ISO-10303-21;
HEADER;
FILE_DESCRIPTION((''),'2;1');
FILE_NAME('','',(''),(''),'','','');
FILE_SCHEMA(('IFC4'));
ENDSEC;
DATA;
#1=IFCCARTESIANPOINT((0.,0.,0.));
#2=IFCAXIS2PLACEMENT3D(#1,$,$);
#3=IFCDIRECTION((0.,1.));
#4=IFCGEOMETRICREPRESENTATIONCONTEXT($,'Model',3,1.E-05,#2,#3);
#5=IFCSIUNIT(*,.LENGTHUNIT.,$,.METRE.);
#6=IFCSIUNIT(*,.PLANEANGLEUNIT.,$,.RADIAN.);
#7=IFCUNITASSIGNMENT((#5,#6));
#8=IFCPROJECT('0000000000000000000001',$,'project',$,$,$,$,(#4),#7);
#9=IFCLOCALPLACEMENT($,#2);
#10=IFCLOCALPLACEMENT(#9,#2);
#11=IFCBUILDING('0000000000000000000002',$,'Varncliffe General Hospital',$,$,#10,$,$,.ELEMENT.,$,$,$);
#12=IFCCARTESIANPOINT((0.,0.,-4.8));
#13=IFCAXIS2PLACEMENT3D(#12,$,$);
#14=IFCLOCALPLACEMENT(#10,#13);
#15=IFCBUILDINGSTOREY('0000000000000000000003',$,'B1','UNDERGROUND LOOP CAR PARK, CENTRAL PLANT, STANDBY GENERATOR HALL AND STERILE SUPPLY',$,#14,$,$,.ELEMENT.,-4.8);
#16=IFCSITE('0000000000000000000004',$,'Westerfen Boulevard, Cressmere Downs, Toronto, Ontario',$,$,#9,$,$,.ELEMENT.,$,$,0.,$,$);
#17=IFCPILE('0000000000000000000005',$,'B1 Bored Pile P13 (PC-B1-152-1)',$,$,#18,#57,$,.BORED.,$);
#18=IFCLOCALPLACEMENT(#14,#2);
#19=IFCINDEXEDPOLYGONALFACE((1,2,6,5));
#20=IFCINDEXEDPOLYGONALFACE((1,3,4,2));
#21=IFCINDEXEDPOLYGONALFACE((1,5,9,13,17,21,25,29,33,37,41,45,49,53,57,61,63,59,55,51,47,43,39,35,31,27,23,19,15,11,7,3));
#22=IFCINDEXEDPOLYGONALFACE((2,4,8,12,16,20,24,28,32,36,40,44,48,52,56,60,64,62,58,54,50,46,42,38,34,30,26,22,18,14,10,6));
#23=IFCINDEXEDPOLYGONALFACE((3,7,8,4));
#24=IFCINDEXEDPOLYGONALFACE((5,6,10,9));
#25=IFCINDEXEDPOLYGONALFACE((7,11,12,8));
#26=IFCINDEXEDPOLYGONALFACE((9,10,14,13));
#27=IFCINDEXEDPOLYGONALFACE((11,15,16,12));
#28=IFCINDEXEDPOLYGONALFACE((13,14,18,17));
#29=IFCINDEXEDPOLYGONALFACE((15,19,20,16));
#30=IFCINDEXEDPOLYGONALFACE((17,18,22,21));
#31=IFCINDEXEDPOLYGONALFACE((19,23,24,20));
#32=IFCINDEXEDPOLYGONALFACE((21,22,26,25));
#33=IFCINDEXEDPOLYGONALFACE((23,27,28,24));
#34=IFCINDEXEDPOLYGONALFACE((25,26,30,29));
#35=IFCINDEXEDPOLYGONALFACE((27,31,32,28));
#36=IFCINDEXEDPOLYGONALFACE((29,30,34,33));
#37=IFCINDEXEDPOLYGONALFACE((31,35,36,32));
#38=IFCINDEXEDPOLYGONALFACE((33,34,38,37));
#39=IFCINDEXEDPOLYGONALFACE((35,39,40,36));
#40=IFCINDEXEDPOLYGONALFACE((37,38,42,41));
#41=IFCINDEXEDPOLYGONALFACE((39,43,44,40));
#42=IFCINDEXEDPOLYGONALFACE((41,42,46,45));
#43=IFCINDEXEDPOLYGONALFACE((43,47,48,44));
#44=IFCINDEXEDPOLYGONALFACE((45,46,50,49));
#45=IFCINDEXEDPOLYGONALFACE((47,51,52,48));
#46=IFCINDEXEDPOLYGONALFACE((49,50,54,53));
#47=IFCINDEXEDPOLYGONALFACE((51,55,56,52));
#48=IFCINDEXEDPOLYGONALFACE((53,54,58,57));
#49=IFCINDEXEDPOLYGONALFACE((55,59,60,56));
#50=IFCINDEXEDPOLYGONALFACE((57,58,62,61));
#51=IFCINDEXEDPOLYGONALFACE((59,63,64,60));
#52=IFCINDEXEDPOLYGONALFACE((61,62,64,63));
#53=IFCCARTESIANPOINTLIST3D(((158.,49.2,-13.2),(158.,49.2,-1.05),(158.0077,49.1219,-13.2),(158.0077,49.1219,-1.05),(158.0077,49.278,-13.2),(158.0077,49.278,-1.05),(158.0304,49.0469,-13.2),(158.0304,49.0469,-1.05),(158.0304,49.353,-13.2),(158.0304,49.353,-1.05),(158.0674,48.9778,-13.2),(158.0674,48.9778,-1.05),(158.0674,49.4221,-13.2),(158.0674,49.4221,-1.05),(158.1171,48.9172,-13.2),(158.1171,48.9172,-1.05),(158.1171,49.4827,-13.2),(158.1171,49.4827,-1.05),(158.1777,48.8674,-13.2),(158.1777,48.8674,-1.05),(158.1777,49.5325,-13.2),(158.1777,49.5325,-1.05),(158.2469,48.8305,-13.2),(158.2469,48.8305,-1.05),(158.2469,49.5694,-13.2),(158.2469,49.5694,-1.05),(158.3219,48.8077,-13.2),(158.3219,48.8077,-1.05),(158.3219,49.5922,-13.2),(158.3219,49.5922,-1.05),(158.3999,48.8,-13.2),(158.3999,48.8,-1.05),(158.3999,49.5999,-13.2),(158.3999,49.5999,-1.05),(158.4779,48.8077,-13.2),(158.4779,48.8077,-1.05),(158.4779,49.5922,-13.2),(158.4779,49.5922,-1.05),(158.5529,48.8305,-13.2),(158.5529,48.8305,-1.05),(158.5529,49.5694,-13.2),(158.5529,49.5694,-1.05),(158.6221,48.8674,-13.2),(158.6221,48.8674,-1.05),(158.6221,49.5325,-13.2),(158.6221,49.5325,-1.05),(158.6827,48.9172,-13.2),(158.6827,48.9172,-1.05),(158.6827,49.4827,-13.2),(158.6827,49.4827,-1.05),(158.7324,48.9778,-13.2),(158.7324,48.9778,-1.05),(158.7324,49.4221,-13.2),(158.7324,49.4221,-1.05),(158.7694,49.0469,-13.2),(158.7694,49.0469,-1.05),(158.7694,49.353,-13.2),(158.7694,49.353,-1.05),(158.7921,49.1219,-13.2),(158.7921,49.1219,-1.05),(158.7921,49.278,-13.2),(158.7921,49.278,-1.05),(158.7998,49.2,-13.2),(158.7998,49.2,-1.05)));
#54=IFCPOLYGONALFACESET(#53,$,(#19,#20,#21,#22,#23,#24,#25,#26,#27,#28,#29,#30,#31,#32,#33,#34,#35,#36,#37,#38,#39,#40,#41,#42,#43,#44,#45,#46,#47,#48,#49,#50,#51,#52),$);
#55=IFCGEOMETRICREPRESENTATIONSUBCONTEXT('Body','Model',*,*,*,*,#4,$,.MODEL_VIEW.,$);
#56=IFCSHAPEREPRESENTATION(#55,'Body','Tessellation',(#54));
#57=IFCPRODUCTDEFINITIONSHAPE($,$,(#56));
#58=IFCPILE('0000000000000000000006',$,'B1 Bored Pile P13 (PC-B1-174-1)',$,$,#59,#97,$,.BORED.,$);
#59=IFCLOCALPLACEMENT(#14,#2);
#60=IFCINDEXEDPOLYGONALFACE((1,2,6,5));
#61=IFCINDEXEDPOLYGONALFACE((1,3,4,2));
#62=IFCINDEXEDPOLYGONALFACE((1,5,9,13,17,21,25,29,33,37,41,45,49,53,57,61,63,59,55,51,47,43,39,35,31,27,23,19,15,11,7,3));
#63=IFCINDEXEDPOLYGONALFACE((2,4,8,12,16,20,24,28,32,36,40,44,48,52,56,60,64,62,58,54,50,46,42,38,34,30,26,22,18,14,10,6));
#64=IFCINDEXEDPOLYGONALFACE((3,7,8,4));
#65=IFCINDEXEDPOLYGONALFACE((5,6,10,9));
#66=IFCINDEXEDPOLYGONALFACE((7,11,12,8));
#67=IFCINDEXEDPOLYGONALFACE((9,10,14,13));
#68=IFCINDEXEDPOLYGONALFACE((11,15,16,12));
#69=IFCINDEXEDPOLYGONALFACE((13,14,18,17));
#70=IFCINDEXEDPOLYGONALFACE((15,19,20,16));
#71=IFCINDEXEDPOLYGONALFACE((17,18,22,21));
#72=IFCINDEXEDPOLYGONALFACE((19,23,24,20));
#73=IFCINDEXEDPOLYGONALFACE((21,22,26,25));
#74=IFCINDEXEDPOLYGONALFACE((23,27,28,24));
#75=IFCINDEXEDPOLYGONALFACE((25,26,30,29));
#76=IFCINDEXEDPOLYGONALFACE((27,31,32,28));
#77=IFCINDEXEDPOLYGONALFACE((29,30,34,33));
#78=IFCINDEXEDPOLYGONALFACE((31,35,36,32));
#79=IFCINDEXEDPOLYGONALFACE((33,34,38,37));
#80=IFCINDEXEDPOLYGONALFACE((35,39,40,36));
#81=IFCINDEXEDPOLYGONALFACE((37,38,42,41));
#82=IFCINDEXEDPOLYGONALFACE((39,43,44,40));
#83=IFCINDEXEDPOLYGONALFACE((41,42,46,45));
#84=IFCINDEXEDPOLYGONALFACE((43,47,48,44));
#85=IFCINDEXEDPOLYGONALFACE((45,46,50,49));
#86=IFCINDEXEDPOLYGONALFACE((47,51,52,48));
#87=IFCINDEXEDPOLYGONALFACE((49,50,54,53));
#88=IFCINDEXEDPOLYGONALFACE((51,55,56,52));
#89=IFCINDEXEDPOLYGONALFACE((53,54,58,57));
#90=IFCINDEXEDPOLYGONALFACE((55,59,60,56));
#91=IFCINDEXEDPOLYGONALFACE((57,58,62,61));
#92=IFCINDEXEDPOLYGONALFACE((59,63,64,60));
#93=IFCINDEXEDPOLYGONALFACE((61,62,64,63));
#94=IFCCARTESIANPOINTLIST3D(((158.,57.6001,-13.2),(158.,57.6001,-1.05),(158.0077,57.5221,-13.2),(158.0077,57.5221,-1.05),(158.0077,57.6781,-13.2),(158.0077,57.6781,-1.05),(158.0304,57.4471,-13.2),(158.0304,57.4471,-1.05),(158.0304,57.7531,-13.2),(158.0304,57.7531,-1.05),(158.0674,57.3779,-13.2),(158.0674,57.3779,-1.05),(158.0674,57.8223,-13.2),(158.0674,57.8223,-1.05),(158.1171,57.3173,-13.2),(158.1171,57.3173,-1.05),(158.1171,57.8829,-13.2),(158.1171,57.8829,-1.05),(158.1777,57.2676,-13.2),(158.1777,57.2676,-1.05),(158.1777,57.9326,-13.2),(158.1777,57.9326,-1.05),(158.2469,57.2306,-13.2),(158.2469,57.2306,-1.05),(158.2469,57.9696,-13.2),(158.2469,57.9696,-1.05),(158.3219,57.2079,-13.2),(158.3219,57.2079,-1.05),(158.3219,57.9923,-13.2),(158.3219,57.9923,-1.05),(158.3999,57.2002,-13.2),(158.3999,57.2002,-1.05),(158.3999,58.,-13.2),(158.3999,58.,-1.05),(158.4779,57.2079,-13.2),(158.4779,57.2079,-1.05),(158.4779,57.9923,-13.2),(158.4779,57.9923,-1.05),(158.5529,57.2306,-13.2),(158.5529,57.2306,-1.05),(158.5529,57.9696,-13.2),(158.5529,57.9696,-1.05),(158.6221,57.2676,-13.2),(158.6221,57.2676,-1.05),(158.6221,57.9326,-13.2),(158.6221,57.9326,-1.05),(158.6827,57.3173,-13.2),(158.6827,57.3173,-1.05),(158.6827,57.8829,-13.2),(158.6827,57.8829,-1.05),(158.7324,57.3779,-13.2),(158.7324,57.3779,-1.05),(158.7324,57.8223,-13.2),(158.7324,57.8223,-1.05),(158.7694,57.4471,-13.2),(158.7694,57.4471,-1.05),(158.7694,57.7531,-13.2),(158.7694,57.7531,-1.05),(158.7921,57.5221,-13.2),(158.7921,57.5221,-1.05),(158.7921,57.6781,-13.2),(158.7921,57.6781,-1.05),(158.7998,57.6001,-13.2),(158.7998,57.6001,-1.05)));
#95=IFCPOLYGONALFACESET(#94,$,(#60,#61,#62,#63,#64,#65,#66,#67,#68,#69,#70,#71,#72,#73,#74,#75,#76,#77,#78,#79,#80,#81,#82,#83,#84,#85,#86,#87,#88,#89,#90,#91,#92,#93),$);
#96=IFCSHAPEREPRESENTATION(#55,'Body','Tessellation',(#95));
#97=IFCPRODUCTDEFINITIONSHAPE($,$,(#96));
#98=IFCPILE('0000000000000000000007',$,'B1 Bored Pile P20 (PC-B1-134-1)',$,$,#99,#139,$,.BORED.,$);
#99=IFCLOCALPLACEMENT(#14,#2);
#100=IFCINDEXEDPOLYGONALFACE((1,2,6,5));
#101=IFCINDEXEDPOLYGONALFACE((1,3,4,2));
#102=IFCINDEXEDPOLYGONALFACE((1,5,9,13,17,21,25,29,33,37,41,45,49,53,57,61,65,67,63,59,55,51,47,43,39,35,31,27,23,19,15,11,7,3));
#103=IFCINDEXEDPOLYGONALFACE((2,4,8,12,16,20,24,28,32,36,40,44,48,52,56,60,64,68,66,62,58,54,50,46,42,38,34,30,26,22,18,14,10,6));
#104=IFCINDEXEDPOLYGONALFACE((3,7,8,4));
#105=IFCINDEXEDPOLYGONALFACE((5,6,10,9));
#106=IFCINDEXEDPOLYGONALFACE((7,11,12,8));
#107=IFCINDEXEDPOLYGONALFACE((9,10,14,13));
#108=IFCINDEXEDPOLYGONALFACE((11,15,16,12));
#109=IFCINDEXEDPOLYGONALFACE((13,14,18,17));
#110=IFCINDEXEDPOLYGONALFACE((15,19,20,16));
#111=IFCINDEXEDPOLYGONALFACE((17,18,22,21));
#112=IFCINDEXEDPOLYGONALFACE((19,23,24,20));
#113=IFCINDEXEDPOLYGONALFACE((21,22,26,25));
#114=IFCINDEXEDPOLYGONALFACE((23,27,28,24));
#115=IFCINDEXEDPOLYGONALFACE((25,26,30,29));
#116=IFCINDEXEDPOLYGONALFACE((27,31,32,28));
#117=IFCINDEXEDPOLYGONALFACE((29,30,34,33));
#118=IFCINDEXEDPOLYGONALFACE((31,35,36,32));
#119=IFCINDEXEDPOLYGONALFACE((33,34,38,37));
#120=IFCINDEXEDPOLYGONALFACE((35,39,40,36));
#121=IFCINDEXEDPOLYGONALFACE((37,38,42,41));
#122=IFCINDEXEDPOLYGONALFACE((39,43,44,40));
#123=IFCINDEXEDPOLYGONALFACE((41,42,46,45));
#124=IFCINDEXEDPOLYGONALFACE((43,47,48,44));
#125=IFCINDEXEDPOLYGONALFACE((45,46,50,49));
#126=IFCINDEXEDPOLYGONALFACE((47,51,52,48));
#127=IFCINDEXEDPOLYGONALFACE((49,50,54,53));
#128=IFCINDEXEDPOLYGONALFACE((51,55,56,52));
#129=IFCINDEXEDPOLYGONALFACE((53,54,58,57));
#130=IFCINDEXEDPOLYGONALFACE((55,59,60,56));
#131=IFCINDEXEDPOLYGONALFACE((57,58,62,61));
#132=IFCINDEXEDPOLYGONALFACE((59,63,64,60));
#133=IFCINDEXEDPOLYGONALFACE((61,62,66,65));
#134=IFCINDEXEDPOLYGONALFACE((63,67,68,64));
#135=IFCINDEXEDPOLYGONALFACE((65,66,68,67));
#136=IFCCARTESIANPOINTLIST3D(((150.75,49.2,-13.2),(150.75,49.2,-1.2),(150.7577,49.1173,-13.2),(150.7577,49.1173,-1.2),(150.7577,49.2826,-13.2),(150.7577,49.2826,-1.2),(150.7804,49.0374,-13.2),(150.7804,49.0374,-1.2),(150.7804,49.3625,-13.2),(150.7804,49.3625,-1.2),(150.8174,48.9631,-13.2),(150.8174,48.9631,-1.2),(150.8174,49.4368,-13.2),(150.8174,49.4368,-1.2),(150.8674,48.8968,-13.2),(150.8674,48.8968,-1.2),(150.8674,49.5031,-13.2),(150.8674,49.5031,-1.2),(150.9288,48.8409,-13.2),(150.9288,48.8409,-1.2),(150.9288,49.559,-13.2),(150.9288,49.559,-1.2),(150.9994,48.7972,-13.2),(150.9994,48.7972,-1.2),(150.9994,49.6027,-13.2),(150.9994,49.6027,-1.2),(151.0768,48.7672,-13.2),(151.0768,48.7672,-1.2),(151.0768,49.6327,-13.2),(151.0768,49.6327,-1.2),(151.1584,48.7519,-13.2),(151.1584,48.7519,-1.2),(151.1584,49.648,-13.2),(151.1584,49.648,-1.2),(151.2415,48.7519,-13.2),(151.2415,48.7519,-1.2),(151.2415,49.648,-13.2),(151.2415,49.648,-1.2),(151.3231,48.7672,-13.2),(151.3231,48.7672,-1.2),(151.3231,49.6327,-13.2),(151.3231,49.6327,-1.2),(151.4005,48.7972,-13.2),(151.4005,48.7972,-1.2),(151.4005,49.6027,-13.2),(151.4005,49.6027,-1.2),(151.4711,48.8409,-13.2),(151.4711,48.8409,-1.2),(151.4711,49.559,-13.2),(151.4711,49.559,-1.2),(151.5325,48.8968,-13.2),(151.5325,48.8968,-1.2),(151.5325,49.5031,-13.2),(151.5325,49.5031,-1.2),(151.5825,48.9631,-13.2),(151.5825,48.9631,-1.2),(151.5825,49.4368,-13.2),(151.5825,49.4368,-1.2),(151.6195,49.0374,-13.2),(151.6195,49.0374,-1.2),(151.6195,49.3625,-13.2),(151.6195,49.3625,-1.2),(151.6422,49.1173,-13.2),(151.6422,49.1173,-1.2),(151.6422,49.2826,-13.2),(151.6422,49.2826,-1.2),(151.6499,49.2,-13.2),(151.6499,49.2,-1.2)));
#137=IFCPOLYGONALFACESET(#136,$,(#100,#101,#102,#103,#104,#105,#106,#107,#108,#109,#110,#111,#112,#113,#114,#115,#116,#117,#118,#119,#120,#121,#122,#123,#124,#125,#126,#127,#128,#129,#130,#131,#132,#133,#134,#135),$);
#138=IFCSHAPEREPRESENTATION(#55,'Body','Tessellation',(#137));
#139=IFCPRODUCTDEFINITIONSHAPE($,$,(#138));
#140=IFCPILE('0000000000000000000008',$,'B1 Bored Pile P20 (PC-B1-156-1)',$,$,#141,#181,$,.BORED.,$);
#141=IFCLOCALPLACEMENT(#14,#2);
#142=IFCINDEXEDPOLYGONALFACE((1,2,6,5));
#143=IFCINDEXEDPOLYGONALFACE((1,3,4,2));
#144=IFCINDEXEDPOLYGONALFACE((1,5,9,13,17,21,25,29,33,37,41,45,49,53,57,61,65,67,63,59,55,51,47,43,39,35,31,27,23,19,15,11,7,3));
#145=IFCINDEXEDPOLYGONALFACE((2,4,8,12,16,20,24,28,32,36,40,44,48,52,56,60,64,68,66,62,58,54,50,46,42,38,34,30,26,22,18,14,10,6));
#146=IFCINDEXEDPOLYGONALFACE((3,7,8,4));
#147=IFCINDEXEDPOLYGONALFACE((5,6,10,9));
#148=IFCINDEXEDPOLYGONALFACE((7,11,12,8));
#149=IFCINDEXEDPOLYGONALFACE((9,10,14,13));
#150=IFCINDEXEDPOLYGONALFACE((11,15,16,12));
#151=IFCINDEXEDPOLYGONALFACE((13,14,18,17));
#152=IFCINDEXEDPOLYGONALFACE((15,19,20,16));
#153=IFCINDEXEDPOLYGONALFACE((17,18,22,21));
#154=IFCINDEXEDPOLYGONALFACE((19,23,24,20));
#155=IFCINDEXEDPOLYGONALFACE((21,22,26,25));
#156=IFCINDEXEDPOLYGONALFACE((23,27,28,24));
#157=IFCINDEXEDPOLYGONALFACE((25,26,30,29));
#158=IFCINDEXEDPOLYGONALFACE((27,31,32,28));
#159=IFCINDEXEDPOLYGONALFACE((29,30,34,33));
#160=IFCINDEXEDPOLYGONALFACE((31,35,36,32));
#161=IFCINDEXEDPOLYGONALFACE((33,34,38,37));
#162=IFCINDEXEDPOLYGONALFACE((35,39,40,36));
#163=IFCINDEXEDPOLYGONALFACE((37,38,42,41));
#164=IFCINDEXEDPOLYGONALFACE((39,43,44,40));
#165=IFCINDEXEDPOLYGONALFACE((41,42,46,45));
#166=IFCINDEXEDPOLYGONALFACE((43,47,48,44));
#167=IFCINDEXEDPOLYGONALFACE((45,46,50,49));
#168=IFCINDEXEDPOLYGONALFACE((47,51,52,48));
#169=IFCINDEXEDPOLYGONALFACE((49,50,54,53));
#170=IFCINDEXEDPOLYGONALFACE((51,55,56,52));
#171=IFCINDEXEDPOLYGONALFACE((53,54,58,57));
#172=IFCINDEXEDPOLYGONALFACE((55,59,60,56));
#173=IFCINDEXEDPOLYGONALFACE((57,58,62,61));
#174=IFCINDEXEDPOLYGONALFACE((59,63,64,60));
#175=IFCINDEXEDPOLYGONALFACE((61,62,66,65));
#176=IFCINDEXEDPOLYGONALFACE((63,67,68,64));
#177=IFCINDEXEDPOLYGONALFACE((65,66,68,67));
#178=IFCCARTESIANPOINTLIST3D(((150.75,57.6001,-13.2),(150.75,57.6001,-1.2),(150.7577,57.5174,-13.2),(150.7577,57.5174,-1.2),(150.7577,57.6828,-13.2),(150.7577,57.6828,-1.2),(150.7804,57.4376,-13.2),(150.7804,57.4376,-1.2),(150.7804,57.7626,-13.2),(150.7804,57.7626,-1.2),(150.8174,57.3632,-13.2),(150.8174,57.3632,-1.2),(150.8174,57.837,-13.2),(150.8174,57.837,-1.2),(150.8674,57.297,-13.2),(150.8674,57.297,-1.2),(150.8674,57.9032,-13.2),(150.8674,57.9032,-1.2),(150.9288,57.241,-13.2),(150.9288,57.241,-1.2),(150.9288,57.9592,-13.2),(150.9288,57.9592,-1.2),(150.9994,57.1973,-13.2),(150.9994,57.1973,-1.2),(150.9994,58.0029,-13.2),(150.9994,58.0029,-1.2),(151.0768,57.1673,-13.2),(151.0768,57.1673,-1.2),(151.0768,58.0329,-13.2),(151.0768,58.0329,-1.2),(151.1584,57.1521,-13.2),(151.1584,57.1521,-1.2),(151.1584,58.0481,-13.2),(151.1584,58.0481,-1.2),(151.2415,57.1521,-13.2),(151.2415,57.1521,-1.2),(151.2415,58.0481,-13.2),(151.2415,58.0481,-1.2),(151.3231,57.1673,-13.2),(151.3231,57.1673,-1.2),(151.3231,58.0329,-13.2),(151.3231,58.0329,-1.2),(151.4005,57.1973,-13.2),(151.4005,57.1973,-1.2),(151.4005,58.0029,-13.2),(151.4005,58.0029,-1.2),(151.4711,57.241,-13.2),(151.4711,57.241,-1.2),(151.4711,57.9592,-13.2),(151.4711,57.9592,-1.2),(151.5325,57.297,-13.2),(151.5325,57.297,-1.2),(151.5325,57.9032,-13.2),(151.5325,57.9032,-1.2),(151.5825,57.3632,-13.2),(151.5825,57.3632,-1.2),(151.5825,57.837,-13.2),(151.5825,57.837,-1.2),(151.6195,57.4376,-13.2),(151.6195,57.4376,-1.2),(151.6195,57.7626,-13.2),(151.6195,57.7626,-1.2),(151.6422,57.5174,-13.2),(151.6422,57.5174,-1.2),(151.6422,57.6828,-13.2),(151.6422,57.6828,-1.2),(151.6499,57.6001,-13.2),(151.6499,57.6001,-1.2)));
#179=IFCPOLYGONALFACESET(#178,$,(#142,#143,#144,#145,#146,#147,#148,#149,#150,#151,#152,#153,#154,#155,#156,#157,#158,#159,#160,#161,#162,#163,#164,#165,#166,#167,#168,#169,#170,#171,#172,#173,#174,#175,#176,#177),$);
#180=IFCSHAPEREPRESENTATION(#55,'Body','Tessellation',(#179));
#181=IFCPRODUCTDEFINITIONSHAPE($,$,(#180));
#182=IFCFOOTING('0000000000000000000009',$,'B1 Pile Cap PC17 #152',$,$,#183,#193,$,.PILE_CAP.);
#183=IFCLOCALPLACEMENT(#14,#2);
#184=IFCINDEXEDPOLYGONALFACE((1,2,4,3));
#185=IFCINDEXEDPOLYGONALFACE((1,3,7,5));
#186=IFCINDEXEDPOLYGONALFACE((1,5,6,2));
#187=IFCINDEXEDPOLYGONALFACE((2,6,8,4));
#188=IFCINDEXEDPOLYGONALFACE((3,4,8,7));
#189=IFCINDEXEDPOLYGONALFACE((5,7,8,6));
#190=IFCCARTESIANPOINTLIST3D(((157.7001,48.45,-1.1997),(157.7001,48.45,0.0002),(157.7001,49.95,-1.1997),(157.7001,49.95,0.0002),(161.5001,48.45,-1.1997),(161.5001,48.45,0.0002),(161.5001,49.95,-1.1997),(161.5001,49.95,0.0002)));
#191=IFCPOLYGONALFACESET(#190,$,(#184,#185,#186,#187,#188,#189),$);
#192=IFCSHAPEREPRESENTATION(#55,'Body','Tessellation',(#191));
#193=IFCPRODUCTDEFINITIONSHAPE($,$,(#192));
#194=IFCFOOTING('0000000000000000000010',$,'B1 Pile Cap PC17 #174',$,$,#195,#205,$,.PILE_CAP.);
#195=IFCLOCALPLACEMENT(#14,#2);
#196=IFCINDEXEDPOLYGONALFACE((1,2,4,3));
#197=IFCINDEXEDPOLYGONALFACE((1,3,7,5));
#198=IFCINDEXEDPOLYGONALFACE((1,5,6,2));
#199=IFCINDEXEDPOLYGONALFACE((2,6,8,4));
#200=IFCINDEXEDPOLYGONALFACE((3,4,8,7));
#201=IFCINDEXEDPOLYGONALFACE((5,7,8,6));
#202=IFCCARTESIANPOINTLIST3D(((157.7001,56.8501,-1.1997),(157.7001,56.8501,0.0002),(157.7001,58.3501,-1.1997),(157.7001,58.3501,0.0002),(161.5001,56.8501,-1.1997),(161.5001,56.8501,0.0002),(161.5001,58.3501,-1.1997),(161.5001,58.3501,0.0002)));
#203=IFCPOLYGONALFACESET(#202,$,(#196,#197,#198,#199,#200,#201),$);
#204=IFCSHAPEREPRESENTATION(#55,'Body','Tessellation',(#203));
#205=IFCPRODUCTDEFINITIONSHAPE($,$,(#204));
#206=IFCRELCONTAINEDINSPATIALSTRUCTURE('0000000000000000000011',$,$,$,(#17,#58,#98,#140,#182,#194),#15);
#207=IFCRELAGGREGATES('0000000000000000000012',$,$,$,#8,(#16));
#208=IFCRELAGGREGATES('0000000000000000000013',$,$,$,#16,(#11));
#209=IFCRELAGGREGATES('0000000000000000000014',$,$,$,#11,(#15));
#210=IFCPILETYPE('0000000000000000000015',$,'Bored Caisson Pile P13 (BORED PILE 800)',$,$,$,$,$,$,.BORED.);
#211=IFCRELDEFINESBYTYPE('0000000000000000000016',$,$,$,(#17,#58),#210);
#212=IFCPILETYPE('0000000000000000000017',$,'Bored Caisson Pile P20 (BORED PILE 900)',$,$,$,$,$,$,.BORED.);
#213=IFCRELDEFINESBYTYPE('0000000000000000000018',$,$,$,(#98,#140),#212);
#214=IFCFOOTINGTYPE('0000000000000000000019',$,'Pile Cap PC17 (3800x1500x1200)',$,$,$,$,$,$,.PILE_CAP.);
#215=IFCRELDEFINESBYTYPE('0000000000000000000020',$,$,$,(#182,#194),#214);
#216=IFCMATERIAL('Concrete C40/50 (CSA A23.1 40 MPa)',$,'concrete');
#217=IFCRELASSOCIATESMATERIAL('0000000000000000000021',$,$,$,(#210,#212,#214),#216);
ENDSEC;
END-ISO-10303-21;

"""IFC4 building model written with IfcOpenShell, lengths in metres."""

from ifc_helpers import new_model, si_unit, direction, frame, origin, origin_2d, place, context, subcontext, project, spatial, rectangle, circle, extrude, material, material_profile, profile_set, type_object, element, save


model = new_model("IFC4")

# Units and contexts
model_context = context("Model", 3, precision=1e-05, world=origin(), true_north=direction((0.0, 1.0)))
body_context = subcontext(model_context, "Body", "Model", "MODEL_VIEW")
ifc_project = project(units=[si_unit("LENGTHUNIT", "METRE"), si_unit("PLANEANGLEUNIT", "RADIAN")], contexts=[model_context])

# Site, building, storey
site_placement = place(None, origin())
site = spatial("IfcSite", under=ifc_project, at=site_placement, Name="Westerfen Boulevard, Cressmere Downs, Toronto, Ontario", CompositionType="ELEMENT", RefElevation=0.0)
building_placement = place(site_placement, origin())
building = spatial("IfcBuilding", under=site, at=building_placement, Name="Varncliffe General Hospital", CompositionType="ELEMENT")
storey_placement = place(building_placement, frame((0.0, 0.0, -4.8)))
storey = spatial("IfcBuildingStorey", under=building, at=storey_placement, Name="B1", Description="UNDERGROUND LOOP CAR PARK, CENTRAL PLANT, STANDBY GENERATOR HALL AND STERILE SUPPLY", CompositionType="ELEMENT", Elevation=-4.8)

# Piles
ifc_material_1 = material(Name="Concrete C40/50 (CSA A23.1 40 MPa)", Category="concrete")
ifc_material_profile_1 = material_profile(ifc_material_1, circle(Radius=0.3999, at=origin_2d()), Name="BORED PILE 800")
ifc_profile_set_1 = profile_set([ifc_material_profile_1], Name="Concrete C40/50 (CSA A23.1 40 MPa)")
pile_type_1 = type_object("IfcPileType", Name="Bored Caisson Pile P13 (BORED PILE 800)", PredefinedType="BORED", material=ifc_profile_set_1)
for number, where, z_axis, x_axis, name in (
    (1, (158.3999, 49.2, -1.05), (0.0, 0.0, -1.0), (1.0, 0.0, 0.0), "B1 Bored Pile P13 (PC-B1-152-1)"),
    (2, (158.3999, 57.6001, -1.05), (0.0, 0.0, -1.0), (1.0, 0.0, 0.0), "B1 Bored Pile P13 (PC-B1-174-1)"),
):
    element("IfcPile", number, at=place(storey_placement, frame(where, z_axis=z_axis, x_axis=x_axis)), inside=storey, type_object=pile_type_1, Name=name, PredefinedType="BORED", context=body_context, shape_type="SweptSolid", body=[
        extrude(circle(Radius=0.3999, at=origin_2d()), origin(), (0.0, 0.0, 1.0), 12.1499),
    ])
ifc_material_profile_2 = material_profile(ifc_material_1, circle(Radius=0.45, at=origin_2d()), Name="BORED PILE 900")
ifc_profile_set_2 = profile_set([ifc_material_profile_2], Name="Concrete C40/50 (CSA A23.1 40 MPa)")
pile_type_2 = type_object("IfcPileType", Name="Bored Caisson Pile P20 (BORED PILE 900)", PredefinedType="BORED", material=ifc_profile_set_2)
for number, where, z_axis, x_axis, name in (
    (3, (151.2, 49.2, -1.2), (0.0, 0.0, -1.0), (1.0, 0.0, 0.0), "B1 Bored Pile P20 (PC-B1-134-1)"),
    (4, (151.2, 57.6001, -1.2), (0.0, 0.0, -1.0), (1.0, 0.0, 0.0), "B1 Bored Pile P20 (PC-B1-156-1)"),
):
    element("IfcPile", number, at=place(storey_placement, frame(where, z_axis=z_axis, x_axis=x_axis)), inside=storey, type_object=pile_type_2, Name=name, PredefinedType="BORED", context=body_context, shape_type="SweptSolid", body=[
        extrude(circle(Radius=0.45, at=origin_2d()), origin(), (0.0, 0.0, 1.0), 12.0),
    ])

# Footings
footing_type_1 = type_object("IfcFootingType", Name="Pile Cap PC17 (3800x1500x1200)", PredefinedType="PILE_CAP", material=ifc_material_1)
for number, where, z_axis, x_axis, name in (
    (5, (159.6001, 49.2, -1.1997), (0.0, 0.0, 1.0), (1.0, 0.0, 0.0), "B1 Pile Cap PC17 #152"),
    (6, (159.6001, 57.6001, -1.1997), (0.0, 0.0, 1.0), (1.0, 0.0, 0.0), "B1 Pile Cap PC17 #174"),
):
    element("IfcFooting", number, at=place(storey_placement, frame(where, z_axis=z_axis, x_axis=x_axis)), inside=storey, type_object=footing_type_1, Name=name, PredefinedType="PILE_CAP", context=body_context, shape_type="SweptSolid", body=[
        extrude(rectangle(XDim=3.8, YDim=1.5, at=origin_2d()), origin(), (0.0, 0.0, 1.0), 1.2),
    ])

save(model, "model.ifc")
